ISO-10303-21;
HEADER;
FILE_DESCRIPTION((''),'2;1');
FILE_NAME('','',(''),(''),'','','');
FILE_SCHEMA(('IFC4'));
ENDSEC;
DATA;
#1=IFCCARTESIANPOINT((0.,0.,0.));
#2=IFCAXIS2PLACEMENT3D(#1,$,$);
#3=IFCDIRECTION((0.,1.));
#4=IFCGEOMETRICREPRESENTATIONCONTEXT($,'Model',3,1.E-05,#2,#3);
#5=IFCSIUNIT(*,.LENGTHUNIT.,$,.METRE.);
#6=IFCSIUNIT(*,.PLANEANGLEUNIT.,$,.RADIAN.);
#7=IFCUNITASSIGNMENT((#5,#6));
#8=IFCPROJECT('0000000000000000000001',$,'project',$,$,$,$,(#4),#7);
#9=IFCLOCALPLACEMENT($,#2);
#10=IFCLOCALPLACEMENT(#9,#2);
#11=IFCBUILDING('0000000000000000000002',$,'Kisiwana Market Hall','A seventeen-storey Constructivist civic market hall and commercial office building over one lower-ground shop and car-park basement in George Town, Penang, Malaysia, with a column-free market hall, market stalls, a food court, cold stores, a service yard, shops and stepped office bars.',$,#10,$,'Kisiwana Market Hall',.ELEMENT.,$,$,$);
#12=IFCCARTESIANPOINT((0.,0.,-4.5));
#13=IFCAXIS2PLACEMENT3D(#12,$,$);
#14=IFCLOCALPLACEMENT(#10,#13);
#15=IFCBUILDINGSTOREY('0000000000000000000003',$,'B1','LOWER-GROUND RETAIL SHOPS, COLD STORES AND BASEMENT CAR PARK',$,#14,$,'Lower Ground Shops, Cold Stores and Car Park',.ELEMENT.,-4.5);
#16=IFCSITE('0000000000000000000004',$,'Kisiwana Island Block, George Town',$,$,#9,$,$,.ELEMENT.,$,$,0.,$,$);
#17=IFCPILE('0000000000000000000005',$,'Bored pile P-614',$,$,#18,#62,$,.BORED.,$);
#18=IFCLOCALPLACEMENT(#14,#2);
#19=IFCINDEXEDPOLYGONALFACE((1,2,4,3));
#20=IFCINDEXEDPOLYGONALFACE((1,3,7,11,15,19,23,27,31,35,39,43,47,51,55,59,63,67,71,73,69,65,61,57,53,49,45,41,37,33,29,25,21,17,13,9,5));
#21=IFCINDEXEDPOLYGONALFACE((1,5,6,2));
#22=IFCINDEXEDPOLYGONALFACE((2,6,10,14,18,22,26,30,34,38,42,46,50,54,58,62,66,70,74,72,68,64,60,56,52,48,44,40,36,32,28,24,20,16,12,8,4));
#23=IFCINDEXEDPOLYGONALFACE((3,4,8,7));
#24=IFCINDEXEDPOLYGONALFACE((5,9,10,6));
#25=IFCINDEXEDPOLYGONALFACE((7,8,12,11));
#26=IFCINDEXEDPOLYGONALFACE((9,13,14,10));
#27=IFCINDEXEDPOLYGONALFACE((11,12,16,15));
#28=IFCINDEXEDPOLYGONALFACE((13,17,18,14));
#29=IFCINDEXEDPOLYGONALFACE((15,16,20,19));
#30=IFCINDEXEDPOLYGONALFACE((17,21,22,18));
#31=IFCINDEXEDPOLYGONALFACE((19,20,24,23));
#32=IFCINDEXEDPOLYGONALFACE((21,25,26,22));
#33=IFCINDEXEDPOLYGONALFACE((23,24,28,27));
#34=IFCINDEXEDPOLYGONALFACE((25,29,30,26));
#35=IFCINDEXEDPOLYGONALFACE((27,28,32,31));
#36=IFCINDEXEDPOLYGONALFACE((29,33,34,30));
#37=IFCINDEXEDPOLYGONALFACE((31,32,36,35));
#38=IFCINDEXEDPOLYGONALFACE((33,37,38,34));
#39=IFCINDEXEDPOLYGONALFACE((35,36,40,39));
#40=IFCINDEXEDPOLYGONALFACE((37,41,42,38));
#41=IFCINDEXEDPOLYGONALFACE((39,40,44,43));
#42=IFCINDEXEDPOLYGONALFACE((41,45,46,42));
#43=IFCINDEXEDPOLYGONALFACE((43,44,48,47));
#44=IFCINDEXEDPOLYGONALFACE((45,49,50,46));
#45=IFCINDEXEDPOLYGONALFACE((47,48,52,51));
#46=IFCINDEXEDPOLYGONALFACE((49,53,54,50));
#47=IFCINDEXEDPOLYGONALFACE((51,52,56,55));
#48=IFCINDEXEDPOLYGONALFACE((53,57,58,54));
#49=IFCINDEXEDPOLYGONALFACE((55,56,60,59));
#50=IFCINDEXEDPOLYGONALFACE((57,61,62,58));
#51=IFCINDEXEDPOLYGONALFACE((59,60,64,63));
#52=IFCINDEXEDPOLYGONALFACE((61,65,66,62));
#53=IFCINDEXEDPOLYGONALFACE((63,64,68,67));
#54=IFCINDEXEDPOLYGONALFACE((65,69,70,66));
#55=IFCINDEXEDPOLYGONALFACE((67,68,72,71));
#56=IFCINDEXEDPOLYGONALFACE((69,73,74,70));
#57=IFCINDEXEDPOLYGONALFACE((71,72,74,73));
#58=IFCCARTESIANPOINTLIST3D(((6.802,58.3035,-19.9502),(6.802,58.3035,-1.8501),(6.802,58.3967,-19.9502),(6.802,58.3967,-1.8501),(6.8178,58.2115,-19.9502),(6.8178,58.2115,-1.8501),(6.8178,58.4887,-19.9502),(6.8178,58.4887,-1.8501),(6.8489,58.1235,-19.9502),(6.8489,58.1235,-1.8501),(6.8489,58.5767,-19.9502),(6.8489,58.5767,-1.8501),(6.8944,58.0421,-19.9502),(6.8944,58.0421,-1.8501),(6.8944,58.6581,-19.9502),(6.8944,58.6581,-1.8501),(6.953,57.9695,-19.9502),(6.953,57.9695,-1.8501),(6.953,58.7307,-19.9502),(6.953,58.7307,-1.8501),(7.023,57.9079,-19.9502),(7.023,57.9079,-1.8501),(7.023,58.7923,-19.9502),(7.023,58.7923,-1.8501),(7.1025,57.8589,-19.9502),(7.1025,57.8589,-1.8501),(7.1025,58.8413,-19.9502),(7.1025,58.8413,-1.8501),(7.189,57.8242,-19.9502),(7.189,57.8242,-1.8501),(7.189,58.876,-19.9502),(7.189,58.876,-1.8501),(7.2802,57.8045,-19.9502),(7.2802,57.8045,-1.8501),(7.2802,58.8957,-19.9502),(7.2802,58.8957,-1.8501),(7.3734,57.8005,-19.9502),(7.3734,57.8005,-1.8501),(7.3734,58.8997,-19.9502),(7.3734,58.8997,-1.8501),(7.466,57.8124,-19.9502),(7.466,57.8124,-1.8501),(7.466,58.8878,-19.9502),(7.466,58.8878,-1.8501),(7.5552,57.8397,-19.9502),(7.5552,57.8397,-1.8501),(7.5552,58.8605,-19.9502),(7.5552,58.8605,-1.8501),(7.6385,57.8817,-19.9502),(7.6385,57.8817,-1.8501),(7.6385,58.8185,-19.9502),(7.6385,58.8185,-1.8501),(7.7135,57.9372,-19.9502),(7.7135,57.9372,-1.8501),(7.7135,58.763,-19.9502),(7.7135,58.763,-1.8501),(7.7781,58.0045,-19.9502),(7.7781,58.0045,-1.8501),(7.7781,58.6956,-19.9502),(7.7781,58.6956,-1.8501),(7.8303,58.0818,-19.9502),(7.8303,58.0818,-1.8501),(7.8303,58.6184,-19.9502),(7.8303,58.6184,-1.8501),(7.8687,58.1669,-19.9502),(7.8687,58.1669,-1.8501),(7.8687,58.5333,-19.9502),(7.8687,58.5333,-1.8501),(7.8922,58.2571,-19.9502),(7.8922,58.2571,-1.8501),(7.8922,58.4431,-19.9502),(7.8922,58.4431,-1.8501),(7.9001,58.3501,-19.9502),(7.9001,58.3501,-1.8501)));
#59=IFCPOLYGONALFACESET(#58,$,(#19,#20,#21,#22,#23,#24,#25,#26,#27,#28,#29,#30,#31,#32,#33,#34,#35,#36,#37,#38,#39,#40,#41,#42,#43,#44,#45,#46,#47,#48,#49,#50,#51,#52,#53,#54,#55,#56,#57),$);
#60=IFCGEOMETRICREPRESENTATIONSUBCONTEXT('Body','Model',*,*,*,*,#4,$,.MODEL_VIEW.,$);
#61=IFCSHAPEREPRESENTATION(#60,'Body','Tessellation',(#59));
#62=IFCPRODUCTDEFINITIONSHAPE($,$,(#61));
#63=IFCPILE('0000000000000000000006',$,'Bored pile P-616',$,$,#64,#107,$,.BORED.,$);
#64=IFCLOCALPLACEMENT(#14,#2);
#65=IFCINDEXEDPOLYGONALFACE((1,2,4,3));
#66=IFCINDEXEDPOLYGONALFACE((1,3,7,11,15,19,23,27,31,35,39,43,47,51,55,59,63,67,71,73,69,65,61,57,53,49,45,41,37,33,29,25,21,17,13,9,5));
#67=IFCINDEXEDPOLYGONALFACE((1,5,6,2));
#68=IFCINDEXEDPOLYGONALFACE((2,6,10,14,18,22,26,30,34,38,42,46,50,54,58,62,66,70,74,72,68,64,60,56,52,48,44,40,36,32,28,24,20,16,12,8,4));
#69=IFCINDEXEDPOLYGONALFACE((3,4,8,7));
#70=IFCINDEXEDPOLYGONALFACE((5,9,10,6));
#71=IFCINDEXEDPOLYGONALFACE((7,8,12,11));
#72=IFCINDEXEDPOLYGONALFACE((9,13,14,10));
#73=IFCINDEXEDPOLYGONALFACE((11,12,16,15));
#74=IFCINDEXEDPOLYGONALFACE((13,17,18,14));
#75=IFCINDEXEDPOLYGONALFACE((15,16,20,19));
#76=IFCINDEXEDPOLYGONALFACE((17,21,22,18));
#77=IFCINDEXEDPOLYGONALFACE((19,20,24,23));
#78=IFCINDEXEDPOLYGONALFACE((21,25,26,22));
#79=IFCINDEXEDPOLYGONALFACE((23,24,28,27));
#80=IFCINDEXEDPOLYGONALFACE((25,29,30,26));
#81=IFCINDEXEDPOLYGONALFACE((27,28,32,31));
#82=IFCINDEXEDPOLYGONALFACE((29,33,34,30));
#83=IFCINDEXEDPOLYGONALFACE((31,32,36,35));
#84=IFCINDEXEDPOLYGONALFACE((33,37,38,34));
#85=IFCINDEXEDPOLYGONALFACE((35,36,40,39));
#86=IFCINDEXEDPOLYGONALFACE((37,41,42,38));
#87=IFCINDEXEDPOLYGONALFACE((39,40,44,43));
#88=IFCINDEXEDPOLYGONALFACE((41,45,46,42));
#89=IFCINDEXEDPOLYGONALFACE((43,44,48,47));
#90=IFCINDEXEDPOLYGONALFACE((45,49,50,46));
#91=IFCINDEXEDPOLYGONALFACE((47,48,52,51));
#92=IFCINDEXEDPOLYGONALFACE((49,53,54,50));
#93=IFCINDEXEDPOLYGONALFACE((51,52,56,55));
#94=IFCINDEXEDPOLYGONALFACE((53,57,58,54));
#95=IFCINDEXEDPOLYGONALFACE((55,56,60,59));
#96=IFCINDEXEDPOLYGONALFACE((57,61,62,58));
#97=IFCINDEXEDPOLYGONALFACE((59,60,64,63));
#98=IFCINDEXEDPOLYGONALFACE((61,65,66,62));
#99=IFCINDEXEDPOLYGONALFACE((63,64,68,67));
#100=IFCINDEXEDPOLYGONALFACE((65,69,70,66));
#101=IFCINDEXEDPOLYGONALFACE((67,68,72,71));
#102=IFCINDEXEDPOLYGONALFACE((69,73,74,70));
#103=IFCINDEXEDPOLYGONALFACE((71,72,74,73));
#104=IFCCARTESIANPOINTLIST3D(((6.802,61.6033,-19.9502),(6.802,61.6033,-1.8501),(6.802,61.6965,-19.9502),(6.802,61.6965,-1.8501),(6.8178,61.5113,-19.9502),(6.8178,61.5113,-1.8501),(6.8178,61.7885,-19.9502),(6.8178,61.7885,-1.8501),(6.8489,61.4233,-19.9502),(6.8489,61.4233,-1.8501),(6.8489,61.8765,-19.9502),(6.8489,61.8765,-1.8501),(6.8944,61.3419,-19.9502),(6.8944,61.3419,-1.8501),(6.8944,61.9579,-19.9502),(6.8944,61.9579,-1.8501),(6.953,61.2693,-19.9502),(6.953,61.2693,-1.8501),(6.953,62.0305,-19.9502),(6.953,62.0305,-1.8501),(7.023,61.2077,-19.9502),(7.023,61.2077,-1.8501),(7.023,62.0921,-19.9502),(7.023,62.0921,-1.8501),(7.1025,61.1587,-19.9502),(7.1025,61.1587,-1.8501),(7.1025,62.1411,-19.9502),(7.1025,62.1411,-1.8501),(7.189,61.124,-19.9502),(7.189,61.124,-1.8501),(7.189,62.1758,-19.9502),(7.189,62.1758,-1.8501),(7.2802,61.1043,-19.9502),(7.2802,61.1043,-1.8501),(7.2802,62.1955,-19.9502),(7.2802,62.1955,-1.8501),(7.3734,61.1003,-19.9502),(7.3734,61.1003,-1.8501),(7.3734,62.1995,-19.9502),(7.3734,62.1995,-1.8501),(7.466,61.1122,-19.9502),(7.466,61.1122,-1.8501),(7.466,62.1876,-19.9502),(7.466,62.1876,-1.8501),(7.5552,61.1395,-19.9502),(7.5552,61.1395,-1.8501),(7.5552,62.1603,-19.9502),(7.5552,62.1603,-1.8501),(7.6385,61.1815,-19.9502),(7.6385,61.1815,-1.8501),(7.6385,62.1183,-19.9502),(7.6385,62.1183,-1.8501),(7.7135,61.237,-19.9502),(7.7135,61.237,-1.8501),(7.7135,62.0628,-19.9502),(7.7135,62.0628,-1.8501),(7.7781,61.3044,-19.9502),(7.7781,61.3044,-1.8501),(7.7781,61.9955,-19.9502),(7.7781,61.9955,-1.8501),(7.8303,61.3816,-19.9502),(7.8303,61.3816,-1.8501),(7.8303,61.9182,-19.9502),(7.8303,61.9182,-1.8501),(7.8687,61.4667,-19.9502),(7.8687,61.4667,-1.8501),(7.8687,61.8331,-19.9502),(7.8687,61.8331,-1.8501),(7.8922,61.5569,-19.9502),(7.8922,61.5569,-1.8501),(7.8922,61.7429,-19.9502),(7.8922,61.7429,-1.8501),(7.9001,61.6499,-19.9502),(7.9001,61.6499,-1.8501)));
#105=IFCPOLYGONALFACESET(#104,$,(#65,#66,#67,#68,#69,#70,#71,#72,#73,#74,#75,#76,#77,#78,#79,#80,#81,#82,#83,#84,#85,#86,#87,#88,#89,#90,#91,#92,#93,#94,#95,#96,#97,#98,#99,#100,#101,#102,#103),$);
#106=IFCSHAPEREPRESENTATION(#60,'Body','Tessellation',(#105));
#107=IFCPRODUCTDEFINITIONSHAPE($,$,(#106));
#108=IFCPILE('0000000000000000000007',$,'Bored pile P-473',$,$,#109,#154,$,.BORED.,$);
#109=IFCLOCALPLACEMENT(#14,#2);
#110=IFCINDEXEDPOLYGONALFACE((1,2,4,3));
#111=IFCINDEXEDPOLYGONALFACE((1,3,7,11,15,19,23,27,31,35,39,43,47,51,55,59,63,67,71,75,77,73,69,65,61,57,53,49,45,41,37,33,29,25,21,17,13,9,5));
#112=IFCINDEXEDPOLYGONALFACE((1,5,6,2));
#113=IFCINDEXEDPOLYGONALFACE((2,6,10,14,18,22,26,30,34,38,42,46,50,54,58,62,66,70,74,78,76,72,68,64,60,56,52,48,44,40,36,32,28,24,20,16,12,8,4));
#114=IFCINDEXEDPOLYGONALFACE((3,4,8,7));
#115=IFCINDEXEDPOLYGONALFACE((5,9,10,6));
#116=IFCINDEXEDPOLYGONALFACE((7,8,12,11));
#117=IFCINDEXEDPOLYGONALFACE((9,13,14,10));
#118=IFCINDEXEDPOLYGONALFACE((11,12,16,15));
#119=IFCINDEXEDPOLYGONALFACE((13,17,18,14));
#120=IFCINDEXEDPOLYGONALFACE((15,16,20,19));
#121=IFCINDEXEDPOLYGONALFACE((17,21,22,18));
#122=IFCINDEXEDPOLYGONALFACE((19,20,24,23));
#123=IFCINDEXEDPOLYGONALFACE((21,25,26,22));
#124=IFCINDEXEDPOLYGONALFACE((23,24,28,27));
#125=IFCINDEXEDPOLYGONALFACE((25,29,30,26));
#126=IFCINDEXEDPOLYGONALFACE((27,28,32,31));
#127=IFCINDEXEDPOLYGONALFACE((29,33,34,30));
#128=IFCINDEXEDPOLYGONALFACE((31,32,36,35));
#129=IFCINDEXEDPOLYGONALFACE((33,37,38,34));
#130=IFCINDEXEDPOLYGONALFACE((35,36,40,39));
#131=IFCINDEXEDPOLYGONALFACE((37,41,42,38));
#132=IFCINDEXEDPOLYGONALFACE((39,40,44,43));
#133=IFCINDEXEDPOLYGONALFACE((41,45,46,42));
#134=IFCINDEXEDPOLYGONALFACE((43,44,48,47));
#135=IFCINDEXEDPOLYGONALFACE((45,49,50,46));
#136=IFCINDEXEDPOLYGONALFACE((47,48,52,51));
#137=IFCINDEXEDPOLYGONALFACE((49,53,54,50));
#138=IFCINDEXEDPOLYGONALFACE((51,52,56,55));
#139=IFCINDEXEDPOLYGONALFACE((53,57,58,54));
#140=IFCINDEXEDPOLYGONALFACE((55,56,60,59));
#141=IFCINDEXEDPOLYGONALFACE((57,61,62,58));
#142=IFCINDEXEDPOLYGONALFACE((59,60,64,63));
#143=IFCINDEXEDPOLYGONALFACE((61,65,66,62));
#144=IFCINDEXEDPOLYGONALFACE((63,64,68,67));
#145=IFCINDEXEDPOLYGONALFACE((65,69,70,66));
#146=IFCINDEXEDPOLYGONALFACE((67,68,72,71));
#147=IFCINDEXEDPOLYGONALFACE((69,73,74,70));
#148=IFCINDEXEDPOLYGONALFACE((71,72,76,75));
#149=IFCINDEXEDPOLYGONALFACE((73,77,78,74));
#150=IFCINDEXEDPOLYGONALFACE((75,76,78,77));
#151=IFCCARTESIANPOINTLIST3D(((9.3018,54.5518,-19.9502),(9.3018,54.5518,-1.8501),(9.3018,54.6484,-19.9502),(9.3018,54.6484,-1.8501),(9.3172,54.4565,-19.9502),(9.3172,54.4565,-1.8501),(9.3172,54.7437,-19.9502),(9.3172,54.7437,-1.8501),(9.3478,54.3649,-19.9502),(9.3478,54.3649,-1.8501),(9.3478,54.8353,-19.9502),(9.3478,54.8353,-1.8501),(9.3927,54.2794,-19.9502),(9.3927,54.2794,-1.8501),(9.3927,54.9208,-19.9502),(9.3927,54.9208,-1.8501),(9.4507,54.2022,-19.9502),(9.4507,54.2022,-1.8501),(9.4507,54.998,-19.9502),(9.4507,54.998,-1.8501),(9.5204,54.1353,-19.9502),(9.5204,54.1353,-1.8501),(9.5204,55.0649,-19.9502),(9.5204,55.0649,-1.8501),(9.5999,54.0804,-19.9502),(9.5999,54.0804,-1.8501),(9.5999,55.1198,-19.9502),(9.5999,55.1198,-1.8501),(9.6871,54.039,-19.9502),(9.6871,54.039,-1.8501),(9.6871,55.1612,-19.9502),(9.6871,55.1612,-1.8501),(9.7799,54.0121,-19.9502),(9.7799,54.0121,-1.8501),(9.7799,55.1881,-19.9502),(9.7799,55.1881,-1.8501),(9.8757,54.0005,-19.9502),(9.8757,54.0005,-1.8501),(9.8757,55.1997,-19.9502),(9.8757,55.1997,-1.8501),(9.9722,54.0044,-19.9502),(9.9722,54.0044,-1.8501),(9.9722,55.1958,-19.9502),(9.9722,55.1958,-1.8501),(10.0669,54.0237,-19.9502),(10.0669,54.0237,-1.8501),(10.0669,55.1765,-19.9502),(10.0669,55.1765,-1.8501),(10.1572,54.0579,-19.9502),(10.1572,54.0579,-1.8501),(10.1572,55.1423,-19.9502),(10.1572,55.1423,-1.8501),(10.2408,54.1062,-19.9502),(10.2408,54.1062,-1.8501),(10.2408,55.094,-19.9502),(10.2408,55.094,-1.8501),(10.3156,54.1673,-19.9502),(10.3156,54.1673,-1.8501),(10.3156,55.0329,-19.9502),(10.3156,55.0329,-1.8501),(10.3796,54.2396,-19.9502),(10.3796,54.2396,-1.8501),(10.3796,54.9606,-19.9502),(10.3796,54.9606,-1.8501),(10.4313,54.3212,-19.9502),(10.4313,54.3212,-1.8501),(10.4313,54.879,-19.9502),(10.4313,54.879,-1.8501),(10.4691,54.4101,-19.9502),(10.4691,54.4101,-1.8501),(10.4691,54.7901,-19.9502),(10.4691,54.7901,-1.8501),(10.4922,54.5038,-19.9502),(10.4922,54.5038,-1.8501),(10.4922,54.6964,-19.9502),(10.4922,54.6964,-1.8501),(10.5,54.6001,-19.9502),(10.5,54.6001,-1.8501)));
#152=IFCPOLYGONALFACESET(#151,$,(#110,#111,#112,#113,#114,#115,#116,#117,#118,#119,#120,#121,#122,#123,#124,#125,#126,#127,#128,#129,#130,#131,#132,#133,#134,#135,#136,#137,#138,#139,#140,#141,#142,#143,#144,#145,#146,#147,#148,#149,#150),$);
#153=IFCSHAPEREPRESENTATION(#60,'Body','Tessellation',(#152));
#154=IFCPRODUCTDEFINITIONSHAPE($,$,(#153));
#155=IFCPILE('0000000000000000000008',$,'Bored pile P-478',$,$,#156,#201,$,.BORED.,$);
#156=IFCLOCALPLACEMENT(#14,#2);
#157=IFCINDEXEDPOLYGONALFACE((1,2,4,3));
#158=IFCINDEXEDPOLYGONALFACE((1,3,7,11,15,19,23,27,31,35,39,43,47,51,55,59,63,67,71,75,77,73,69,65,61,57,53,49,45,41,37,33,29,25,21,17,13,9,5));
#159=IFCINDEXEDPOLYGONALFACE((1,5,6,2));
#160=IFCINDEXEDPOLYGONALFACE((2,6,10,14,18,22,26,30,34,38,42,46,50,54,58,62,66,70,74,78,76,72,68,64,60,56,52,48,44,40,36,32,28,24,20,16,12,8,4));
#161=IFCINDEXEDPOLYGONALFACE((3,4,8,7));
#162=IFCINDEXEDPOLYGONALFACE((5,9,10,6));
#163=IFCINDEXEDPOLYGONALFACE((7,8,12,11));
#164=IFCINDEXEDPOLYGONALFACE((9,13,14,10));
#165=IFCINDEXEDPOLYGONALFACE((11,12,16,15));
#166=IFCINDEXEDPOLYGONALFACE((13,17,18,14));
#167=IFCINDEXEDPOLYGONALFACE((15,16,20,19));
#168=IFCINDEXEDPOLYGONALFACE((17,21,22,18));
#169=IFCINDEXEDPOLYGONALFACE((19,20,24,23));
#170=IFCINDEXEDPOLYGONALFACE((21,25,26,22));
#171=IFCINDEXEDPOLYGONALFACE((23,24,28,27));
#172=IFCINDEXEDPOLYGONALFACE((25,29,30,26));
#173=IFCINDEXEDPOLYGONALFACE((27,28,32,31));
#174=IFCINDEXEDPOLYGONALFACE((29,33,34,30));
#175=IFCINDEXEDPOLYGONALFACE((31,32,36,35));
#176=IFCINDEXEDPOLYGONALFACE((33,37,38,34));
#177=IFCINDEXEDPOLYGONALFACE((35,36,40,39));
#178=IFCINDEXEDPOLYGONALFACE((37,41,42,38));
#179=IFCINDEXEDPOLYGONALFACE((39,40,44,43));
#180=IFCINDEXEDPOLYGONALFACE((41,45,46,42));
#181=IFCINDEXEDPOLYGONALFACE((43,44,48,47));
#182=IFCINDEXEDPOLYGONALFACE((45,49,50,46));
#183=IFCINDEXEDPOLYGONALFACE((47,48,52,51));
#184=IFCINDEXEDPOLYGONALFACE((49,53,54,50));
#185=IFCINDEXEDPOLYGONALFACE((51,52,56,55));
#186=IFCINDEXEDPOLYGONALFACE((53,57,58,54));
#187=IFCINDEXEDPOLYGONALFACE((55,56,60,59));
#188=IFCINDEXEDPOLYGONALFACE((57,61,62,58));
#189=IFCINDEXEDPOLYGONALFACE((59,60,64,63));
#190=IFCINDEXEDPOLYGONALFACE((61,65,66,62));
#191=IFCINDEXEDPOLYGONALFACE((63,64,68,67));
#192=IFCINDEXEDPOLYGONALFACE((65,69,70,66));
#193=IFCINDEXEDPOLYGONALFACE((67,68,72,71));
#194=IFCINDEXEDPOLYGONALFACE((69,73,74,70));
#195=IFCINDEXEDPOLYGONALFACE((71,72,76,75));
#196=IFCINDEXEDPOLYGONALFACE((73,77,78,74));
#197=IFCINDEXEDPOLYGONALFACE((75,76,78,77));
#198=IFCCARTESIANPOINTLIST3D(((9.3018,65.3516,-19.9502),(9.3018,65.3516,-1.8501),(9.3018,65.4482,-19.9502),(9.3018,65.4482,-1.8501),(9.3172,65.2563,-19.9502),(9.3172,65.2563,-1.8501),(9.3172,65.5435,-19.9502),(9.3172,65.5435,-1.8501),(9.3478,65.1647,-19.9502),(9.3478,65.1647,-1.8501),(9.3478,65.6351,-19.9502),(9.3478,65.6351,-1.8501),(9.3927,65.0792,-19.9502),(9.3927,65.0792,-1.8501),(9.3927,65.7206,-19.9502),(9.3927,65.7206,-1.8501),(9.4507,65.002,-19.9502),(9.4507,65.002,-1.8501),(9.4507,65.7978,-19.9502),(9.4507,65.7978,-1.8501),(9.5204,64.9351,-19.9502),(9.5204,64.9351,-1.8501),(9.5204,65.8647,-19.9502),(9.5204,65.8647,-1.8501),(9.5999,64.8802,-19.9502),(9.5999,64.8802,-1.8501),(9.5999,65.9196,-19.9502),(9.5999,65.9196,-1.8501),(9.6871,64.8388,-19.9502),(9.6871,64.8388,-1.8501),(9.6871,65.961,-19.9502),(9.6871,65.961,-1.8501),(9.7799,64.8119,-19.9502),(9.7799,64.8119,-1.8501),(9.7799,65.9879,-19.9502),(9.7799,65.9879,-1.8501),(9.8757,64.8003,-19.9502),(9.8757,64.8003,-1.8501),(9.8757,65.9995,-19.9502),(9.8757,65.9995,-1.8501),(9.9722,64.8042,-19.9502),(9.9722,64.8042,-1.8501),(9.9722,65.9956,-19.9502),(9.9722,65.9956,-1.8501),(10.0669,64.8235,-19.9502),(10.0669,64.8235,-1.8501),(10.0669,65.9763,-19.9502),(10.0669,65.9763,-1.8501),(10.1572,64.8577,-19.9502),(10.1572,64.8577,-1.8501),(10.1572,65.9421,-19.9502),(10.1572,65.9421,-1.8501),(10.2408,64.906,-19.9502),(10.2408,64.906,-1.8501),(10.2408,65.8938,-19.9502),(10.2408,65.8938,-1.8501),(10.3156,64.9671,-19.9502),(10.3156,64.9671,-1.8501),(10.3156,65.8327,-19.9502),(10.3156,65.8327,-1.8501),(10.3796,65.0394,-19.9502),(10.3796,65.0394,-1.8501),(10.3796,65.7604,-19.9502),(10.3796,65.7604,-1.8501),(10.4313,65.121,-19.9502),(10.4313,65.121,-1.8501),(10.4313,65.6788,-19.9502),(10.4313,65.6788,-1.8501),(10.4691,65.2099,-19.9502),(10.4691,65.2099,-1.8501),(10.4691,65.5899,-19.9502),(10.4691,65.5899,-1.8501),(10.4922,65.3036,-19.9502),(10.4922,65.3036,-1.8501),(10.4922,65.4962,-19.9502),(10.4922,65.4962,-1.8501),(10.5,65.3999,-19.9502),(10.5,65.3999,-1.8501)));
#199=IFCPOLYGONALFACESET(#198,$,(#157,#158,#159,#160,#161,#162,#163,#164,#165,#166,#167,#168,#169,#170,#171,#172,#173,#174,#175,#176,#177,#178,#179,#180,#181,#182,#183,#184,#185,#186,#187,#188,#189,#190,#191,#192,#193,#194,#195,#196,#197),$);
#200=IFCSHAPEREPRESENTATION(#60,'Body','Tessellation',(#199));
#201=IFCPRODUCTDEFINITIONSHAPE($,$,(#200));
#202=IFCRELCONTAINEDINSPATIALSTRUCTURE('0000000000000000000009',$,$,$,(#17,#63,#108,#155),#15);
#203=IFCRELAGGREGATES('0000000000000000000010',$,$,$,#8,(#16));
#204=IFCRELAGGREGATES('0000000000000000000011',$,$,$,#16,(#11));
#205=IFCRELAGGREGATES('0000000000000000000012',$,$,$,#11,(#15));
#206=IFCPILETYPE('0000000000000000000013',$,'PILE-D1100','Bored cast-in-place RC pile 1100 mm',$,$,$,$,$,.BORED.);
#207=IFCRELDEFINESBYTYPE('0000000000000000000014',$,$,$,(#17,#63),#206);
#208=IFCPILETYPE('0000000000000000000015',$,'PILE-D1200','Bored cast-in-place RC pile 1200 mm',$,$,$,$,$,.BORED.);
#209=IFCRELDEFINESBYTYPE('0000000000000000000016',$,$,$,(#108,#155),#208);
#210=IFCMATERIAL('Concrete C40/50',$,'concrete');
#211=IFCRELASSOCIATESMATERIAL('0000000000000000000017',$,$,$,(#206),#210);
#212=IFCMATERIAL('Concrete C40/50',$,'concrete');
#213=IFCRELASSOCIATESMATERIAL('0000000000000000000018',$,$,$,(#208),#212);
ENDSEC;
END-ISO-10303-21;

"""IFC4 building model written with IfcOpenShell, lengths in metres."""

from ifc_helpers import new_model, si_unit, direction, frame, origin, origin_2d, place, context, subcontext, project, spatial, circle, extrude, material, material_profile, profile_set, type_object, element, save


model = new_model("IFC4")

# Units and contexts
model_context = context("Model", 3, precision=1e-05, world=origin(), true_north=direction((0.0, 1.0)))
body_context = subcontext(model_context, "Body", "Model", "MODEL_VIEW")
ifc_project = project(units=[si_unit("LENGTHUNIT", "METRE"), si_unit("PLANEANGLEUNIT", "RADIAN")], contexts=[model_context])

# Site, building, storey
site_placement = place(None, origin())
site = spatial("IfcSite", under=ifc_project, at=site_placement, Name="Kisiwana Island Block, George Town", CompositionType="ELEMENT", RefElevation=0.0)
building_placement = place(site_placement, origin())
building = spatial("IfcBuilding", under=site, at=building_placement, Name="Kisiwana Market Hall", Description="A seventeen-storey Constructivist civic market hall and commercial office building over one lower-ground shop and car-park basement in George Town, Penang, Malaysia, with a column-free market hall, market stalls, a food court, cold stores, a service yard, shops and stepped office bars.", LongName="Kisiwana Market Hall", CompositionType="ELEMENT")
storey_placement = place(building_placement, frame((0.0, 0.0, -4.5)))
storey = spatial("IfcBuildingStorey", under=building, at=storey_placement, Name="B1", Description="LOWER-GROUND RETAIL SHOPS, COLD STORES AND BASEMENT CAR PARK", LongName="Lower Ground Shops, Cold Stores and Car Park", CompositionType="ELEMENT", Elevation=-4.5)

# Piles
ifc_material_1 = material(Name="Concrete C40/50", Category="concrete")
ifc_material_profile_1 = material_profile(ifc_material_1, circle(Radius=0.55, at=origin_2d()), Name="BP D1100")
ifc_profile_set_1 = profile_set([ifc_material_profile_1], Name="Concrete C40/50")
pile_type_1 = type_object("IfcPileType", Name="PILE-D1100", Description="Bored cast-in-place RC pile 1100 mm", PredefinedType="BORED", material=ifc_profile_set_1)
for number, where, z_axis, x_axis, name in (
    (1, (7.3501, 58.3501, -1.8501), (0.0, 0.0, -1.0), (1.0, 0.0, 0.0), "Bored pile P-614"),
    (2, (7.3501, 61.6499, -1.8501), (0.0, 0.0, -1.0), (1.0, 0.0, 0.0), "Bored pile P-616"),
):
    element("IfcPile", number, at=place(storey_placement, frame(where, z_axis=z_axis, x_axis=x_axis)), inside=storey, type_object=pile_type_1, Name=name, PredefinedType="BORED", context=body_context, shape_type="SweptSolid", body=[
        extrude(circle(Radius=0.55, at=origin_2d()), origin(), (0.0, 0.0, 1.0), 18.1001),
    ])
ifc_material_2 = material(Name="Concrete C40/50", Category="concrete")
ifc_material_profile_2 = material_profile(ifc_material_2, circle(Radius=0.6001, at=origin_2d()), Name="BP D1200")
ifc_profile_set_2 = profile_set([ifc_material_profile_2], Name="Concrete C40/50")
pile_type_2 = type_object("IfcPileType", Name="PILE-D1200", Description="Bored cast-in-place RC pile 1200 mm", PredefinedType="BORED", material=ifc_profile_set_2)
for number, where, z_axis, x_axis, name in (
    (3, (9.8999, 54.6001, -1.8501), (0.0, 0.0, -1.0), (1.0, 0.0, 0.0), "Bored pile P-473"),
    (4, (9.8999, 65.3999, -1.8501), (0.0, 0.0, -1.0), (1.0, 0.0, 0.0), "Bored pile P-478"),
):
    element("IfcPile", number, at=place(storey_placement, frame(where, z_axis=z_axis, x_axis=x_axis)), inside=storey, type_object=pile_type_2, Name=name, PredefinedType="BORED", context=body_context, shape_type="SweptSolid", body=[
        extrude(circle(Radius=0.6001, at=origin_2d()), origin(), (0.0, 0.0, 1.0), 18.1001),
    ])

save(model, "model.ifc")
